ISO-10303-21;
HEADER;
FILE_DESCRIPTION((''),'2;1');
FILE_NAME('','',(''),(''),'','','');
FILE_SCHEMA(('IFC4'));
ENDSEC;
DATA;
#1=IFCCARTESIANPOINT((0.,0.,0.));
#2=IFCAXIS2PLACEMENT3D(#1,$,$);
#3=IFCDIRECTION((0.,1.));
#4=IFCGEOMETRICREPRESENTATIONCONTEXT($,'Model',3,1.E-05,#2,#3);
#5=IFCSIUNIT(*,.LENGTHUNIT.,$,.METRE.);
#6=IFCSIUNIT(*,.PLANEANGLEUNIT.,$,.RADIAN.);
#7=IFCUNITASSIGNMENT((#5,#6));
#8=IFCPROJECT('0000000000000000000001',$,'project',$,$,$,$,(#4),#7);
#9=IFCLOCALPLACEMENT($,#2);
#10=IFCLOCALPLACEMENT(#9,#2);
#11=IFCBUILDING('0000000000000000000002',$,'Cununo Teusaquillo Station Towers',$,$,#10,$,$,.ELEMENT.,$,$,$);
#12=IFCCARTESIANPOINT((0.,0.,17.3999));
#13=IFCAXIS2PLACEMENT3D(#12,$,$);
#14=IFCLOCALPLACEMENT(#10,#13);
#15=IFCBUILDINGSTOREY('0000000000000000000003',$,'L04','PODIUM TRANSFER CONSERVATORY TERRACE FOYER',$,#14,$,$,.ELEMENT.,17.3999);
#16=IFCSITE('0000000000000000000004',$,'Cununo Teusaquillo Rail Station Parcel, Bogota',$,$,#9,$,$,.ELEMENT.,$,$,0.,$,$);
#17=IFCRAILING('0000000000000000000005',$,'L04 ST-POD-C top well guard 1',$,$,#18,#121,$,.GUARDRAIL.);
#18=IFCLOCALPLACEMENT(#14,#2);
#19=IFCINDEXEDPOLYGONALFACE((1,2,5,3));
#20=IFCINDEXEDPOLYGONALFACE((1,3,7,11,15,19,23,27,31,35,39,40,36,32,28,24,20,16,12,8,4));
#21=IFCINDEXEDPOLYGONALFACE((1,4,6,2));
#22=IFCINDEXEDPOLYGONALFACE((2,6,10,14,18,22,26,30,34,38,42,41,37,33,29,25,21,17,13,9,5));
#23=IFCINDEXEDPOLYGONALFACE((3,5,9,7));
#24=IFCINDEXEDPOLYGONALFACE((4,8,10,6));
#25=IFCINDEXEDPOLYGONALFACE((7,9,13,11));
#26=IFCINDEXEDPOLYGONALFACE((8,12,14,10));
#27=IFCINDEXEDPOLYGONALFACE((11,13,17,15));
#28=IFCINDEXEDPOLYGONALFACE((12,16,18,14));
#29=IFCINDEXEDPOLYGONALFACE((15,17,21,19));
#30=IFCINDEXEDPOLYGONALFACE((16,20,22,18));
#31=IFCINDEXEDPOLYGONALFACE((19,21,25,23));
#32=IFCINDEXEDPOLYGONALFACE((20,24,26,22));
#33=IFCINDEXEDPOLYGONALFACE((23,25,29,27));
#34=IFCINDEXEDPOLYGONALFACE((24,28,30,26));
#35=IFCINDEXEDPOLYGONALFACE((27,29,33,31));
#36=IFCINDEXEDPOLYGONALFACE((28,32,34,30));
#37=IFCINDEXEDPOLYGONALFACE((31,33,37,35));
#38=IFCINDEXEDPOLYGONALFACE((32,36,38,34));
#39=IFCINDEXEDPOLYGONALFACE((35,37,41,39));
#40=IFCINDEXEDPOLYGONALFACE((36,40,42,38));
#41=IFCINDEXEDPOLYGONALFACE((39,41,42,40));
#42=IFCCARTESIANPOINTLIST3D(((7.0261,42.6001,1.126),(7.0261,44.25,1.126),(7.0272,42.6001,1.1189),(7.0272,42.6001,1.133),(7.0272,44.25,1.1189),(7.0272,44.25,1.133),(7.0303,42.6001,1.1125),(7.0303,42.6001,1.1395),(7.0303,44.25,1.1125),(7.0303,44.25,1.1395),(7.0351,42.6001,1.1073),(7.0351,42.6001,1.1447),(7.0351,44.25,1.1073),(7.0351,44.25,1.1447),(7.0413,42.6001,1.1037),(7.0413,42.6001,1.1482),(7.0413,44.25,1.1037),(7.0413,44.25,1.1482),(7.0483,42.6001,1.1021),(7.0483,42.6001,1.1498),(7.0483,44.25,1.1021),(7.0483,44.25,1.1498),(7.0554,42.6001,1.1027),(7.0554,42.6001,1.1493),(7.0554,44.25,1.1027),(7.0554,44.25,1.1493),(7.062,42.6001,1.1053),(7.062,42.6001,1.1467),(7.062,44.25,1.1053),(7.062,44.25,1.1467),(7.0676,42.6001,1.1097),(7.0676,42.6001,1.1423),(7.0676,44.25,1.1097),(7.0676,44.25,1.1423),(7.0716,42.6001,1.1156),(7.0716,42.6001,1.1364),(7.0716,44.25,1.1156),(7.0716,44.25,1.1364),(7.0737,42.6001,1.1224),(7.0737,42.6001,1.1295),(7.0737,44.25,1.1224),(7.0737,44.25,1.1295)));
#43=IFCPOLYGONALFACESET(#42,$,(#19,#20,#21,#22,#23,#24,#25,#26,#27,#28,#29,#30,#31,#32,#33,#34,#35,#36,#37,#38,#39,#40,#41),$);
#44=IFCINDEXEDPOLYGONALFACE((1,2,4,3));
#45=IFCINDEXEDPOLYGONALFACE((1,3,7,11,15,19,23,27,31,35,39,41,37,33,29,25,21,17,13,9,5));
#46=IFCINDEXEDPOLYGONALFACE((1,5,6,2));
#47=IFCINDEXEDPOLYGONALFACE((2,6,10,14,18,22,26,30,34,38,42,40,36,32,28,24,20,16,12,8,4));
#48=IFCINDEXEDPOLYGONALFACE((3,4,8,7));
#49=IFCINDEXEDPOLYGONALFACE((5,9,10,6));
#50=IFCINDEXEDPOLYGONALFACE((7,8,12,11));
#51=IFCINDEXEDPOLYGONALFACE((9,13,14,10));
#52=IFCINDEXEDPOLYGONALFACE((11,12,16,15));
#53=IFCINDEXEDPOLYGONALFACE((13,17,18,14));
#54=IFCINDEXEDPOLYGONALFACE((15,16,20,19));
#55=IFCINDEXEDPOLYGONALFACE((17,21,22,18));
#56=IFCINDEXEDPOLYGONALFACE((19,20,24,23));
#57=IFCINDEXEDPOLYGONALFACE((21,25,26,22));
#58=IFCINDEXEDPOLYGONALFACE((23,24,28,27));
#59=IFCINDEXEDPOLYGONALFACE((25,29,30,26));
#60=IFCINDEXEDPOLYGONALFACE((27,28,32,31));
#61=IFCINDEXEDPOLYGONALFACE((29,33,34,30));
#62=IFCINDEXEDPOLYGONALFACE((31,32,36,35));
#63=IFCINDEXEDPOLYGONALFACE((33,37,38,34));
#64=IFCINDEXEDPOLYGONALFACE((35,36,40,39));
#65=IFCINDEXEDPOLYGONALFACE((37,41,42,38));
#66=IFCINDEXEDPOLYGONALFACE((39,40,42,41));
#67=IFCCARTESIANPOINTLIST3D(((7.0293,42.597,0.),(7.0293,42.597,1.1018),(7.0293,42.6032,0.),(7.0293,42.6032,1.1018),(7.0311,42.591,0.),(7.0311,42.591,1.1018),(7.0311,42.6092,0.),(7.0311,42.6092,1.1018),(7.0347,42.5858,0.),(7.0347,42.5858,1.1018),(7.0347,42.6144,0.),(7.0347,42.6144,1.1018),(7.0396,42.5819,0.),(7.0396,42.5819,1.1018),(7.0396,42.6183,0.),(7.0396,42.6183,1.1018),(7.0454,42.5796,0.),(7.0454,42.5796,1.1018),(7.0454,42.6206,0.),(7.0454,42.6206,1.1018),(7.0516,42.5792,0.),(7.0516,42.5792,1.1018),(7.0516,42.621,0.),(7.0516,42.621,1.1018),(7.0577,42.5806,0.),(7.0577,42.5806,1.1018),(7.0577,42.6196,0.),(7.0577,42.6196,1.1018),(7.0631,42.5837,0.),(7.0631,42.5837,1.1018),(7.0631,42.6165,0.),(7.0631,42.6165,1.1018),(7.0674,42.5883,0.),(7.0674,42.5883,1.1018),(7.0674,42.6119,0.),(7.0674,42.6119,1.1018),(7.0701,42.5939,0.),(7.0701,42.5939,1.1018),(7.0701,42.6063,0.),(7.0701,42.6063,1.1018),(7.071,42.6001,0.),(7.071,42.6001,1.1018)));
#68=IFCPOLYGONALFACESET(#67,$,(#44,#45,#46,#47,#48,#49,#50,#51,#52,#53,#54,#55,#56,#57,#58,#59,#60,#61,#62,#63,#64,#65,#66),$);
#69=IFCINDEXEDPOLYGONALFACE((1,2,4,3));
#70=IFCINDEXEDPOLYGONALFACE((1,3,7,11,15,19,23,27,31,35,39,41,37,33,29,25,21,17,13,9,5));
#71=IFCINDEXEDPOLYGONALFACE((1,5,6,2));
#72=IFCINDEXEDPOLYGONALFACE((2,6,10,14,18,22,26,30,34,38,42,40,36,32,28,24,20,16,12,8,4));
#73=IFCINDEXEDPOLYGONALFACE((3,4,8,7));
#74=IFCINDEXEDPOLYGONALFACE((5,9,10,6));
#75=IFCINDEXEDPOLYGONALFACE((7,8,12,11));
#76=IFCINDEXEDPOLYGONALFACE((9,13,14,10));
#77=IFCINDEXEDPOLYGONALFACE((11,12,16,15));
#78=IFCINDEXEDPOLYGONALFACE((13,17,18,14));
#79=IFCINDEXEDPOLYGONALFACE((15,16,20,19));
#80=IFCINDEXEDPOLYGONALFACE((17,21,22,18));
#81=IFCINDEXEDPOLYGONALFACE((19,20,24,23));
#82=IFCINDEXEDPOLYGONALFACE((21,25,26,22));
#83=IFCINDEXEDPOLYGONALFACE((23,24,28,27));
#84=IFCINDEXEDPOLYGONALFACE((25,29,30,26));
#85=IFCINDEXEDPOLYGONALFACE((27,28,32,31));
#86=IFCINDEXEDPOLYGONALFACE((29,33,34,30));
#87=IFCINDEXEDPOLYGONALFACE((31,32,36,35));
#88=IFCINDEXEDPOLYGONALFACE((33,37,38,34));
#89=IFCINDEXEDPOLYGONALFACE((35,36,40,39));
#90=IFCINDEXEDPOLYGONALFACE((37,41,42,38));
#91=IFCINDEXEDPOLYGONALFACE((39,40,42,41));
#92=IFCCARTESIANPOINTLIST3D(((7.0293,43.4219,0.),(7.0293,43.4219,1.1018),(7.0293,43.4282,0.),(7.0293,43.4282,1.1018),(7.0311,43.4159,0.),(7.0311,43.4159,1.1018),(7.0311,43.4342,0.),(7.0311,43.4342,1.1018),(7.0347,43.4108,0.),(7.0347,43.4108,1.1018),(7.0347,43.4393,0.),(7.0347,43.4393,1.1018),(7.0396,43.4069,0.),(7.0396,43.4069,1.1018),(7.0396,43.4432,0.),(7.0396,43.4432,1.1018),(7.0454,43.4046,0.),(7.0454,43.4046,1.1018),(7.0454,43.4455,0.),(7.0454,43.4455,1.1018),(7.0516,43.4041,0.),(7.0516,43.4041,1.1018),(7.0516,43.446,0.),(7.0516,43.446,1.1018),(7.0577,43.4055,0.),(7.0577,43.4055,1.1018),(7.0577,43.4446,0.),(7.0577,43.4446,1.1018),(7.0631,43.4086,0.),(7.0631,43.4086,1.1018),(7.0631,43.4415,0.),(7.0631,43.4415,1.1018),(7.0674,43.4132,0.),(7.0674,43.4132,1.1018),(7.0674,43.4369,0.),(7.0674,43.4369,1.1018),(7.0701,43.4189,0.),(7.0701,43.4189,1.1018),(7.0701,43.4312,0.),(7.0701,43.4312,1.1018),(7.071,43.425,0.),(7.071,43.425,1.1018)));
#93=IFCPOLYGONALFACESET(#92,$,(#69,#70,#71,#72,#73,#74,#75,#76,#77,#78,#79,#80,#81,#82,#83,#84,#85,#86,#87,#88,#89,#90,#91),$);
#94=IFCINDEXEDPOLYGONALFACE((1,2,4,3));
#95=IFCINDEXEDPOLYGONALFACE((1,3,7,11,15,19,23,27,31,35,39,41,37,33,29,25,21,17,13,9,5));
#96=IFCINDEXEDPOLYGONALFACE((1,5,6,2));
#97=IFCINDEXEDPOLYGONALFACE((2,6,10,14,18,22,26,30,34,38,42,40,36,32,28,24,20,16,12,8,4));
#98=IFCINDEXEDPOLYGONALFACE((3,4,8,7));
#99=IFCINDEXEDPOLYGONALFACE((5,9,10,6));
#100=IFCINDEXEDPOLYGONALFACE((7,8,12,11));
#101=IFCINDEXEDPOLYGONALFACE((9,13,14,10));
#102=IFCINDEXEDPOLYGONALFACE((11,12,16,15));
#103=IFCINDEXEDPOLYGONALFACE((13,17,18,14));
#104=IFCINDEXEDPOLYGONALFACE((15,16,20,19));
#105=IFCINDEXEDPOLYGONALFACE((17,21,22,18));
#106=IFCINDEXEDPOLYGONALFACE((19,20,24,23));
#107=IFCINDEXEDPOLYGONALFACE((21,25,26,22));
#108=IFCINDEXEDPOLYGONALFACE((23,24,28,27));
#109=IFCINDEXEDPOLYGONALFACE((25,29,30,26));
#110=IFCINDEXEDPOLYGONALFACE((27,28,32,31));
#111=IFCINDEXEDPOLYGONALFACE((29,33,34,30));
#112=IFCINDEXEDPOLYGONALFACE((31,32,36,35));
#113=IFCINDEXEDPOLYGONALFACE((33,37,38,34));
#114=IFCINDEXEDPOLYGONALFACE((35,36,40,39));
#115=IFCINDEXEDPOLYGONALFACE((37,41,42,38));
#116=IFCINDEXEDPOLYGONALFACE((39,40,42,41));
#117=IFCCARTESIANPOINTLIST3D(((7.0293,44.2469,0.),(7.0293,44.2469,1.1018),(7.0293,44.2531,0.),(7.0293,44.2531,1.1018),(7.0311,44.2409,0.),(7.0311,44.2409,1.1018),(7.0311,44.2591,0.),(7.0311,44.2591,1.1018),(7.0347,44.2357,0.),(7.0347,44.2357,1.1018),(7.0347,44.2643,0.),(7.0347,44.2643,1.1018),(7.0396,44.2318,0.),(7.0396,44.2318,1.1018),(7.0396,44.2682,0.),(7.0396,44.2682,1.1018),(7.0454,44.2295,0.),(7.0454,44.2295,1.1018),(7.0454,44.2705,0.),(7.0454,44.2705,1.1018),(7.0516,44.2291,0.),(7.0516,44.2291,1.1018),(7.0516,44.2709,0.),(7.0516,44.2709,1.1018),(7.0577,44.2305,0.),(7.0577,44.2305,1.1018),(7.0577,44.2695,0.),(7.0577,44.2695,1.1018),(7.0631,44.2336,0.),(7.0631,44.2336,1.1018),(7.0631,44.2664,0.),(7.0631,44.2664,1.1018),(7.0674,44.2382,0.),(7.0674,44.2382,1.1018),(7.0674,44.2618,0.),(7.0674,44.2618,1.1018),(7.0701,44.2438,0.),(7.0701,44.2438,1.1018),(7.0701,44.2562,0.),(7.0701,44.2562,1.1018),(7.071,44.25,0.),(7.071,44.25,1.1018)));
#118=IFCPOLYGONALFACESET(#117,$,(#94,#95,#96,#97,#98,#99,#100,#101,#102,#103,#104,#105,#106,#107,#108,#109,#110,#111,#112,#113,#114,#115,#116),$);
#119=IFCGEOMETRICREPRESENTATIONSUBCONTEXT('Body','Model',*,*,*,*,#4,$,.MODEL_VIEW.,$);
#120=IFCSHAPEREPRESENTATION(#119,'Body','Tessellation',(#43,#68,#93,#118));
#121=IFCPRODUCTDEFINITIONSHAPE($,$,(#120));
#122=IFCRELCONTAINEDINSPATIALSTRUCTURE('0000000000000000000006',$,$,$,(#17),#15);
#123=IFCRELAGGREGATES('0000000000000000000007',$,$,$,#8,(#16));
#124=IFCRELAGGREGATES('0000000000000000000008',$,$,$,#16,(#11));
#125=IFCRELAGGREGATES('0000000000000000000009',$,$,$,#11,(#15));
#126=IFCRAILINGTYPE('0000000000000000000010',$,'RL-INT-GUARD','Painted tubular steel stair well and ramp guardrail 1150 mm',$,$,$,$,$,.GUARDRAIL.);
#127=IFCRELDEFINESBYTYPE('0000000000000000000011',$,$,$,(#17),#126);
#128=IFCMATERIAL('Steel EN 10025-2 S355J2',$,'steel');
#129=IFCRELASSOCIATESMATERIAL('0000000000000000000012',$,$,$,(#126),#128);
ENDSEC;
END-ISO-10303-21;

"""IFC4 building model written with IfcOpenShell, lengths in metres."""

from ifc_helpers import new_model, si_unit, direction, frame, origin, origin_2d, place, context, subcontext, project, spatial, circle, extrude, material, type_object, element, save


model = new_model("IFC4")

# Units and contexts
model_context = context("Model", 3, precision=1e-05, world=origin(), true_north=direction((0.0, 1.0)))
body_context = subcontext(model_context, "Body", "Model", "MODEL_VIEW")
ifc_project = project(units=[si_unit("LENGTHUNIT", "METRE"), si_unit("PLANEANGLEUNIT", "RADIAN")], contexts=[model_context])

# Site, building, storey
site_placement = place(None, origin())
site = spatial("IfcSite", under=ifc_project, at=site_placement, Name="Cununo Teusaquillo Rail Station Parcel, Bogota", CompositionType="ELEMENT", RefElevation=0.0)
building_placement = place(site_placement, origin())
building = spatial("IfcBuilding", under=site, at=building_placement, Name="Cununo Teusaquillo Station Towers", CompositionType="ELEMENT")
storey_placement = place(building_placement, frame((0.0, 0.0, 17.3999)))
storey = spatial("IfcBuildingStorey", under=building, at=storey_placement, Name="L04", Description="PODIUM TRANSFER CONSERVATORY TERRACE FOYER", CompositionType="ELEMENT", Elevation=17.3999)

# Railing
ifc_material_1 = material(Name="Steel EN 10025-2 S355J2", Category="steel")
railing_type = type_object("IfcRailingType", Name="RL-INT-GUARD", Description="Painted tubular steel stair well and ramp guardrail 1150 mm", PredefinedType="GUARDRAIL", material=ifc_material_1)
railing_1_placement = place(storey_placement, frame((7.05, 42.6001, 0.0)))
element("IfcRailing", 1, at=railing_1_placement, inside=storey, type_object=railing_type, Name="L04 ST-POD-C top well guard 1", PredefinedType="GUARDRAIL", context=body_context, shape_type="SweptSolid", body=[
    extrude(circle(Radius=0.0239, at=origin_2d()), frame((0.0, 0.0, 1.126), z_axis=(0.0, 1.0, 0.0), x_axis=(-1.0, 0.0, 0.0)), (0.0, 0.0, 1.0), 1.6499),
    extrude(circle(Radius=0.021, at=origin_2d()), origin(), (0.0, 0.0, 1.0), 1.1018),
    extrude(circle(Radius=0.021, at=origin_2d()), frame((0.0, 0.825, 0.0)), (0.0, 0.0, 1.0), 1.1018),
    extrude(circle(Radius=0.021, at=origin_2d()), frame((0.0, 1.6499, 0.0)), (0.0, 0.0, 1.0), 1.1018),
])

save(model, "model.ifc")
